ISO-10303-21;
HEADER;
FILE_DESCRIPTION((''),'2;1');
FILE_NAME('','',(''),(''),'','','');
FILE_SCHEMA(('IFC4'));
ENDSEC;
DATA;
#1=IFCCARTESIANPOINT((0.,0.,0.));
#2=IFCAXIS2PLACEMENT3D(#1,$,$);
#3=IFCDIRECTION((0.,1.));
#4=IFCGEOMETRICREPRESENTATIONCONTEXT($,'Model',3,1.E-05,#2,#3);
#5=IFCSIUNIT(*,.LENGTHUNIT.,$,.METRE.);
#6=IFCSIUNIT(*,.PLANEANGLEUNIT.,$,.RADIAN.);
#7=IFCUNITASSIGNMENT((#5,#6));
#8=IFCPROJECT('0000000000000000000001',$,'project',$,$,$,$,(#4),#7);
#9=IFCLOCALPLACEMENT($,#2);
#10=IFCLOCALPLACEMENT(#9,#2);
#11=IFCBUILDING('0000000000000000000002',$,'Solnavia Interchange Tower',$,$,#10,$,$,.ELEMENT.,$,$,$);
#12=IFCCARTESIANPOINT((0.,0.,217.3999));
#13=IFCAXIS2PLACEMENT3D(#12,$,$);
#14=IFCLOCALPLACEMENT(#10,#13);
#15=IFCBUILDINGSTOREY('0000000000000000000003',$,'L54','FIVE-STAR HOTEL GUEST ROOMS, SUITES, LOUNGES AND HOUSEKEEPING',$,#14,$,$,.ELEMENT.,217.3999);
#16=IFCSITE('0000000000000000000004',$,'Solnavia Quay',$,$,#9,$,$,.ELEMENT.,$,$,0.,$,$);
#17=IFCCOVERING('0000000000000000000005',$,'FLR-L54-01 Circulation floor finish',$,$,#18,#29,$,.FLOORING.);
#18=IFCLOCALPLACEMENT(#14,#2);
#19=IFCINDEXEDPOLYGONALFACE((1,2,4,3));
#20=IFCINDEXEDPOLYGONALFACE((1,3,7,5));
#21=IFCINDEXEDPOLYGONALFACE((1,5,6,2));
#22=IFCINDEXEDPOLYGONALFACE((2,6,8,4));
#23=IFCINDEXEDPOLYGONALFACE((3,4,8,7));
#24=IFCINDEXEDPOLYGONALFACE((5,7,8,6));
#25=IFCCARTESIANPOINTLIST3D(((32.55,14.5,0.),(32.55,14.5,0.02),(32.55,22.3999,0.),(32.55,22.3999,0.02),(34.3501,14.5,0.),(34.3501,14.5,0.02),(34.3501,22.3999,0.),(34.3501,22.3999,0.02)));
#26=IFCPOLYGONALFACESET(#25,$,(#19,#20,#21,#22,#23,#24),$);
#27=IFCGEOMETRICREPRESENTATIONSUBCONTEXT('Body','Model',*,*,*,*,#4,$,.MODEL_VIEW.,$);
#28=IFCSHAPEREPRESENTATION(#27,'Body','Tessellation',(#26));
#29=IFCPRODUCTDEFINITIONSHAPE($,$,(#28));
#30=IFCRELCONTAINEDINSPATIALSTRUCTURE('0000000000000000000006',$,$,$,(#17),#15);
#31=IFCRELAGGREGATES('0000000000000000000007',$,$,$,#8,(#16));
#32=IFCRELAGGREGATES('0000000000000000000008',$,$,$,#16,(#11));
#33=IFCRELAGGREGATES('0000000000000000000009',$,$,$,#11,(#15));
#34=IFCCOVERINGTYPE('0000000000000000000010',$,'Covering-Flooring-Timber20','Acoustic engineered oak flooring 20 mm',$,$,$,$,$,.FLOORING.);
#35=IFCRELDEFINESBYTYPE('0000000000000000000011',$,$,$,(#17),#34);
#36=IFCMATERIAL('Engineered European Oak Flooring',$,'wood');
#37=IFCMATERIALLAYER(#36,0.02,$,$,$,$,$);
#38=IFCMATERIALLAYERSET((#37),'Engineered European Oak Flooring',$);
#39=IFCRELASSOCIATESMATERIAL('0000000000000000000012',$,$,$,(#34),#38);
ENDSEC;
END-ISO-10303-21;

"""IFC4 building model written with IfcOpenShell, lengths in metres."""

from ifc_helpers import new_model, si_unit, direction, frame, origin, place, context, subcontext, project, spatial, polyline, outline, extrude, material, layer, layer_set, type_object, element, save


model = new_model("IFC4")

# Units and contexts
model_context = context("Model", 3, precision=1e-05, world=origin(), true_north=direction((0.0, 1.0)))
body_context = subcontext(model_context, "Body", "Model", "MODEL_VIEW")
ifc_project = project(units=[si_unit("LENGTHUNIT", "METRE"), si_unit("PLANEANGLEUNIT", "RADIAN")], contexts=[model_context])

# Site, building, storey
site_placement = place(None, origin())
site = spatial("IfcSite", under=ifc_project, at=site_placement, Name="Solnavia Quay", CompositionType="ELEMENT", RefElevation=0.0)
building_placement = place(site_placement, origin())
building = spatial("IfcBuilding", under=site, at=building_placement, Name="Solnavia Interchange Tower", CompositionType="ELEMENT")
storey_placement = place(building_placement, frame((0.0, 0.0, 217.3999)))
storey = spatial("IfcBuildingStorey", under=building, at=storey_placement, Name="L54", Description="FIVE-STAR HOTEL GUEST ROOMS, SUITES, LOUNGES AND HOUSEKEEPING", CompositionType="ELEMENT", Elevation=217.3999)

# Covering
ifc_material_1 = material(Name="Engineered European Oak Flooring", Category="wood")
ifc_layer_1 = layer(ifc_material_1, 0.02)
ifc_layer_set_1 = layer_set([ifc_layer_1], Name="Engineered European Oak Flooring")
covering_type_1 = type_object("IfcCoveringType", Name="Covering-Flooring-Timber20", Description="Acoustic engineered oak flooring 20 mm", PredefinedType="FLOORING", material=ifc_layer_set_1)
covering_1_placement = place(storey_placement, origin())
element("IfcCovering", 1, at=covering_1_placement, inside=storey, type_object=covering_type_1, Name="FLR-L54-01 Circulation floor finish", PredefinedType="FLOORING", context=body_context, shape_type="SweptSolid", body=[
    extrude(outline(polyline([(32.55, 14.5), (34.3501, 14.5), (34.3501, 22.3999), (32.55, 22.3999), (32.55, 14.5)])), origin(), (0.0, 0.0, 1.0), 0.02),
])

save(model, "model.ifc")
